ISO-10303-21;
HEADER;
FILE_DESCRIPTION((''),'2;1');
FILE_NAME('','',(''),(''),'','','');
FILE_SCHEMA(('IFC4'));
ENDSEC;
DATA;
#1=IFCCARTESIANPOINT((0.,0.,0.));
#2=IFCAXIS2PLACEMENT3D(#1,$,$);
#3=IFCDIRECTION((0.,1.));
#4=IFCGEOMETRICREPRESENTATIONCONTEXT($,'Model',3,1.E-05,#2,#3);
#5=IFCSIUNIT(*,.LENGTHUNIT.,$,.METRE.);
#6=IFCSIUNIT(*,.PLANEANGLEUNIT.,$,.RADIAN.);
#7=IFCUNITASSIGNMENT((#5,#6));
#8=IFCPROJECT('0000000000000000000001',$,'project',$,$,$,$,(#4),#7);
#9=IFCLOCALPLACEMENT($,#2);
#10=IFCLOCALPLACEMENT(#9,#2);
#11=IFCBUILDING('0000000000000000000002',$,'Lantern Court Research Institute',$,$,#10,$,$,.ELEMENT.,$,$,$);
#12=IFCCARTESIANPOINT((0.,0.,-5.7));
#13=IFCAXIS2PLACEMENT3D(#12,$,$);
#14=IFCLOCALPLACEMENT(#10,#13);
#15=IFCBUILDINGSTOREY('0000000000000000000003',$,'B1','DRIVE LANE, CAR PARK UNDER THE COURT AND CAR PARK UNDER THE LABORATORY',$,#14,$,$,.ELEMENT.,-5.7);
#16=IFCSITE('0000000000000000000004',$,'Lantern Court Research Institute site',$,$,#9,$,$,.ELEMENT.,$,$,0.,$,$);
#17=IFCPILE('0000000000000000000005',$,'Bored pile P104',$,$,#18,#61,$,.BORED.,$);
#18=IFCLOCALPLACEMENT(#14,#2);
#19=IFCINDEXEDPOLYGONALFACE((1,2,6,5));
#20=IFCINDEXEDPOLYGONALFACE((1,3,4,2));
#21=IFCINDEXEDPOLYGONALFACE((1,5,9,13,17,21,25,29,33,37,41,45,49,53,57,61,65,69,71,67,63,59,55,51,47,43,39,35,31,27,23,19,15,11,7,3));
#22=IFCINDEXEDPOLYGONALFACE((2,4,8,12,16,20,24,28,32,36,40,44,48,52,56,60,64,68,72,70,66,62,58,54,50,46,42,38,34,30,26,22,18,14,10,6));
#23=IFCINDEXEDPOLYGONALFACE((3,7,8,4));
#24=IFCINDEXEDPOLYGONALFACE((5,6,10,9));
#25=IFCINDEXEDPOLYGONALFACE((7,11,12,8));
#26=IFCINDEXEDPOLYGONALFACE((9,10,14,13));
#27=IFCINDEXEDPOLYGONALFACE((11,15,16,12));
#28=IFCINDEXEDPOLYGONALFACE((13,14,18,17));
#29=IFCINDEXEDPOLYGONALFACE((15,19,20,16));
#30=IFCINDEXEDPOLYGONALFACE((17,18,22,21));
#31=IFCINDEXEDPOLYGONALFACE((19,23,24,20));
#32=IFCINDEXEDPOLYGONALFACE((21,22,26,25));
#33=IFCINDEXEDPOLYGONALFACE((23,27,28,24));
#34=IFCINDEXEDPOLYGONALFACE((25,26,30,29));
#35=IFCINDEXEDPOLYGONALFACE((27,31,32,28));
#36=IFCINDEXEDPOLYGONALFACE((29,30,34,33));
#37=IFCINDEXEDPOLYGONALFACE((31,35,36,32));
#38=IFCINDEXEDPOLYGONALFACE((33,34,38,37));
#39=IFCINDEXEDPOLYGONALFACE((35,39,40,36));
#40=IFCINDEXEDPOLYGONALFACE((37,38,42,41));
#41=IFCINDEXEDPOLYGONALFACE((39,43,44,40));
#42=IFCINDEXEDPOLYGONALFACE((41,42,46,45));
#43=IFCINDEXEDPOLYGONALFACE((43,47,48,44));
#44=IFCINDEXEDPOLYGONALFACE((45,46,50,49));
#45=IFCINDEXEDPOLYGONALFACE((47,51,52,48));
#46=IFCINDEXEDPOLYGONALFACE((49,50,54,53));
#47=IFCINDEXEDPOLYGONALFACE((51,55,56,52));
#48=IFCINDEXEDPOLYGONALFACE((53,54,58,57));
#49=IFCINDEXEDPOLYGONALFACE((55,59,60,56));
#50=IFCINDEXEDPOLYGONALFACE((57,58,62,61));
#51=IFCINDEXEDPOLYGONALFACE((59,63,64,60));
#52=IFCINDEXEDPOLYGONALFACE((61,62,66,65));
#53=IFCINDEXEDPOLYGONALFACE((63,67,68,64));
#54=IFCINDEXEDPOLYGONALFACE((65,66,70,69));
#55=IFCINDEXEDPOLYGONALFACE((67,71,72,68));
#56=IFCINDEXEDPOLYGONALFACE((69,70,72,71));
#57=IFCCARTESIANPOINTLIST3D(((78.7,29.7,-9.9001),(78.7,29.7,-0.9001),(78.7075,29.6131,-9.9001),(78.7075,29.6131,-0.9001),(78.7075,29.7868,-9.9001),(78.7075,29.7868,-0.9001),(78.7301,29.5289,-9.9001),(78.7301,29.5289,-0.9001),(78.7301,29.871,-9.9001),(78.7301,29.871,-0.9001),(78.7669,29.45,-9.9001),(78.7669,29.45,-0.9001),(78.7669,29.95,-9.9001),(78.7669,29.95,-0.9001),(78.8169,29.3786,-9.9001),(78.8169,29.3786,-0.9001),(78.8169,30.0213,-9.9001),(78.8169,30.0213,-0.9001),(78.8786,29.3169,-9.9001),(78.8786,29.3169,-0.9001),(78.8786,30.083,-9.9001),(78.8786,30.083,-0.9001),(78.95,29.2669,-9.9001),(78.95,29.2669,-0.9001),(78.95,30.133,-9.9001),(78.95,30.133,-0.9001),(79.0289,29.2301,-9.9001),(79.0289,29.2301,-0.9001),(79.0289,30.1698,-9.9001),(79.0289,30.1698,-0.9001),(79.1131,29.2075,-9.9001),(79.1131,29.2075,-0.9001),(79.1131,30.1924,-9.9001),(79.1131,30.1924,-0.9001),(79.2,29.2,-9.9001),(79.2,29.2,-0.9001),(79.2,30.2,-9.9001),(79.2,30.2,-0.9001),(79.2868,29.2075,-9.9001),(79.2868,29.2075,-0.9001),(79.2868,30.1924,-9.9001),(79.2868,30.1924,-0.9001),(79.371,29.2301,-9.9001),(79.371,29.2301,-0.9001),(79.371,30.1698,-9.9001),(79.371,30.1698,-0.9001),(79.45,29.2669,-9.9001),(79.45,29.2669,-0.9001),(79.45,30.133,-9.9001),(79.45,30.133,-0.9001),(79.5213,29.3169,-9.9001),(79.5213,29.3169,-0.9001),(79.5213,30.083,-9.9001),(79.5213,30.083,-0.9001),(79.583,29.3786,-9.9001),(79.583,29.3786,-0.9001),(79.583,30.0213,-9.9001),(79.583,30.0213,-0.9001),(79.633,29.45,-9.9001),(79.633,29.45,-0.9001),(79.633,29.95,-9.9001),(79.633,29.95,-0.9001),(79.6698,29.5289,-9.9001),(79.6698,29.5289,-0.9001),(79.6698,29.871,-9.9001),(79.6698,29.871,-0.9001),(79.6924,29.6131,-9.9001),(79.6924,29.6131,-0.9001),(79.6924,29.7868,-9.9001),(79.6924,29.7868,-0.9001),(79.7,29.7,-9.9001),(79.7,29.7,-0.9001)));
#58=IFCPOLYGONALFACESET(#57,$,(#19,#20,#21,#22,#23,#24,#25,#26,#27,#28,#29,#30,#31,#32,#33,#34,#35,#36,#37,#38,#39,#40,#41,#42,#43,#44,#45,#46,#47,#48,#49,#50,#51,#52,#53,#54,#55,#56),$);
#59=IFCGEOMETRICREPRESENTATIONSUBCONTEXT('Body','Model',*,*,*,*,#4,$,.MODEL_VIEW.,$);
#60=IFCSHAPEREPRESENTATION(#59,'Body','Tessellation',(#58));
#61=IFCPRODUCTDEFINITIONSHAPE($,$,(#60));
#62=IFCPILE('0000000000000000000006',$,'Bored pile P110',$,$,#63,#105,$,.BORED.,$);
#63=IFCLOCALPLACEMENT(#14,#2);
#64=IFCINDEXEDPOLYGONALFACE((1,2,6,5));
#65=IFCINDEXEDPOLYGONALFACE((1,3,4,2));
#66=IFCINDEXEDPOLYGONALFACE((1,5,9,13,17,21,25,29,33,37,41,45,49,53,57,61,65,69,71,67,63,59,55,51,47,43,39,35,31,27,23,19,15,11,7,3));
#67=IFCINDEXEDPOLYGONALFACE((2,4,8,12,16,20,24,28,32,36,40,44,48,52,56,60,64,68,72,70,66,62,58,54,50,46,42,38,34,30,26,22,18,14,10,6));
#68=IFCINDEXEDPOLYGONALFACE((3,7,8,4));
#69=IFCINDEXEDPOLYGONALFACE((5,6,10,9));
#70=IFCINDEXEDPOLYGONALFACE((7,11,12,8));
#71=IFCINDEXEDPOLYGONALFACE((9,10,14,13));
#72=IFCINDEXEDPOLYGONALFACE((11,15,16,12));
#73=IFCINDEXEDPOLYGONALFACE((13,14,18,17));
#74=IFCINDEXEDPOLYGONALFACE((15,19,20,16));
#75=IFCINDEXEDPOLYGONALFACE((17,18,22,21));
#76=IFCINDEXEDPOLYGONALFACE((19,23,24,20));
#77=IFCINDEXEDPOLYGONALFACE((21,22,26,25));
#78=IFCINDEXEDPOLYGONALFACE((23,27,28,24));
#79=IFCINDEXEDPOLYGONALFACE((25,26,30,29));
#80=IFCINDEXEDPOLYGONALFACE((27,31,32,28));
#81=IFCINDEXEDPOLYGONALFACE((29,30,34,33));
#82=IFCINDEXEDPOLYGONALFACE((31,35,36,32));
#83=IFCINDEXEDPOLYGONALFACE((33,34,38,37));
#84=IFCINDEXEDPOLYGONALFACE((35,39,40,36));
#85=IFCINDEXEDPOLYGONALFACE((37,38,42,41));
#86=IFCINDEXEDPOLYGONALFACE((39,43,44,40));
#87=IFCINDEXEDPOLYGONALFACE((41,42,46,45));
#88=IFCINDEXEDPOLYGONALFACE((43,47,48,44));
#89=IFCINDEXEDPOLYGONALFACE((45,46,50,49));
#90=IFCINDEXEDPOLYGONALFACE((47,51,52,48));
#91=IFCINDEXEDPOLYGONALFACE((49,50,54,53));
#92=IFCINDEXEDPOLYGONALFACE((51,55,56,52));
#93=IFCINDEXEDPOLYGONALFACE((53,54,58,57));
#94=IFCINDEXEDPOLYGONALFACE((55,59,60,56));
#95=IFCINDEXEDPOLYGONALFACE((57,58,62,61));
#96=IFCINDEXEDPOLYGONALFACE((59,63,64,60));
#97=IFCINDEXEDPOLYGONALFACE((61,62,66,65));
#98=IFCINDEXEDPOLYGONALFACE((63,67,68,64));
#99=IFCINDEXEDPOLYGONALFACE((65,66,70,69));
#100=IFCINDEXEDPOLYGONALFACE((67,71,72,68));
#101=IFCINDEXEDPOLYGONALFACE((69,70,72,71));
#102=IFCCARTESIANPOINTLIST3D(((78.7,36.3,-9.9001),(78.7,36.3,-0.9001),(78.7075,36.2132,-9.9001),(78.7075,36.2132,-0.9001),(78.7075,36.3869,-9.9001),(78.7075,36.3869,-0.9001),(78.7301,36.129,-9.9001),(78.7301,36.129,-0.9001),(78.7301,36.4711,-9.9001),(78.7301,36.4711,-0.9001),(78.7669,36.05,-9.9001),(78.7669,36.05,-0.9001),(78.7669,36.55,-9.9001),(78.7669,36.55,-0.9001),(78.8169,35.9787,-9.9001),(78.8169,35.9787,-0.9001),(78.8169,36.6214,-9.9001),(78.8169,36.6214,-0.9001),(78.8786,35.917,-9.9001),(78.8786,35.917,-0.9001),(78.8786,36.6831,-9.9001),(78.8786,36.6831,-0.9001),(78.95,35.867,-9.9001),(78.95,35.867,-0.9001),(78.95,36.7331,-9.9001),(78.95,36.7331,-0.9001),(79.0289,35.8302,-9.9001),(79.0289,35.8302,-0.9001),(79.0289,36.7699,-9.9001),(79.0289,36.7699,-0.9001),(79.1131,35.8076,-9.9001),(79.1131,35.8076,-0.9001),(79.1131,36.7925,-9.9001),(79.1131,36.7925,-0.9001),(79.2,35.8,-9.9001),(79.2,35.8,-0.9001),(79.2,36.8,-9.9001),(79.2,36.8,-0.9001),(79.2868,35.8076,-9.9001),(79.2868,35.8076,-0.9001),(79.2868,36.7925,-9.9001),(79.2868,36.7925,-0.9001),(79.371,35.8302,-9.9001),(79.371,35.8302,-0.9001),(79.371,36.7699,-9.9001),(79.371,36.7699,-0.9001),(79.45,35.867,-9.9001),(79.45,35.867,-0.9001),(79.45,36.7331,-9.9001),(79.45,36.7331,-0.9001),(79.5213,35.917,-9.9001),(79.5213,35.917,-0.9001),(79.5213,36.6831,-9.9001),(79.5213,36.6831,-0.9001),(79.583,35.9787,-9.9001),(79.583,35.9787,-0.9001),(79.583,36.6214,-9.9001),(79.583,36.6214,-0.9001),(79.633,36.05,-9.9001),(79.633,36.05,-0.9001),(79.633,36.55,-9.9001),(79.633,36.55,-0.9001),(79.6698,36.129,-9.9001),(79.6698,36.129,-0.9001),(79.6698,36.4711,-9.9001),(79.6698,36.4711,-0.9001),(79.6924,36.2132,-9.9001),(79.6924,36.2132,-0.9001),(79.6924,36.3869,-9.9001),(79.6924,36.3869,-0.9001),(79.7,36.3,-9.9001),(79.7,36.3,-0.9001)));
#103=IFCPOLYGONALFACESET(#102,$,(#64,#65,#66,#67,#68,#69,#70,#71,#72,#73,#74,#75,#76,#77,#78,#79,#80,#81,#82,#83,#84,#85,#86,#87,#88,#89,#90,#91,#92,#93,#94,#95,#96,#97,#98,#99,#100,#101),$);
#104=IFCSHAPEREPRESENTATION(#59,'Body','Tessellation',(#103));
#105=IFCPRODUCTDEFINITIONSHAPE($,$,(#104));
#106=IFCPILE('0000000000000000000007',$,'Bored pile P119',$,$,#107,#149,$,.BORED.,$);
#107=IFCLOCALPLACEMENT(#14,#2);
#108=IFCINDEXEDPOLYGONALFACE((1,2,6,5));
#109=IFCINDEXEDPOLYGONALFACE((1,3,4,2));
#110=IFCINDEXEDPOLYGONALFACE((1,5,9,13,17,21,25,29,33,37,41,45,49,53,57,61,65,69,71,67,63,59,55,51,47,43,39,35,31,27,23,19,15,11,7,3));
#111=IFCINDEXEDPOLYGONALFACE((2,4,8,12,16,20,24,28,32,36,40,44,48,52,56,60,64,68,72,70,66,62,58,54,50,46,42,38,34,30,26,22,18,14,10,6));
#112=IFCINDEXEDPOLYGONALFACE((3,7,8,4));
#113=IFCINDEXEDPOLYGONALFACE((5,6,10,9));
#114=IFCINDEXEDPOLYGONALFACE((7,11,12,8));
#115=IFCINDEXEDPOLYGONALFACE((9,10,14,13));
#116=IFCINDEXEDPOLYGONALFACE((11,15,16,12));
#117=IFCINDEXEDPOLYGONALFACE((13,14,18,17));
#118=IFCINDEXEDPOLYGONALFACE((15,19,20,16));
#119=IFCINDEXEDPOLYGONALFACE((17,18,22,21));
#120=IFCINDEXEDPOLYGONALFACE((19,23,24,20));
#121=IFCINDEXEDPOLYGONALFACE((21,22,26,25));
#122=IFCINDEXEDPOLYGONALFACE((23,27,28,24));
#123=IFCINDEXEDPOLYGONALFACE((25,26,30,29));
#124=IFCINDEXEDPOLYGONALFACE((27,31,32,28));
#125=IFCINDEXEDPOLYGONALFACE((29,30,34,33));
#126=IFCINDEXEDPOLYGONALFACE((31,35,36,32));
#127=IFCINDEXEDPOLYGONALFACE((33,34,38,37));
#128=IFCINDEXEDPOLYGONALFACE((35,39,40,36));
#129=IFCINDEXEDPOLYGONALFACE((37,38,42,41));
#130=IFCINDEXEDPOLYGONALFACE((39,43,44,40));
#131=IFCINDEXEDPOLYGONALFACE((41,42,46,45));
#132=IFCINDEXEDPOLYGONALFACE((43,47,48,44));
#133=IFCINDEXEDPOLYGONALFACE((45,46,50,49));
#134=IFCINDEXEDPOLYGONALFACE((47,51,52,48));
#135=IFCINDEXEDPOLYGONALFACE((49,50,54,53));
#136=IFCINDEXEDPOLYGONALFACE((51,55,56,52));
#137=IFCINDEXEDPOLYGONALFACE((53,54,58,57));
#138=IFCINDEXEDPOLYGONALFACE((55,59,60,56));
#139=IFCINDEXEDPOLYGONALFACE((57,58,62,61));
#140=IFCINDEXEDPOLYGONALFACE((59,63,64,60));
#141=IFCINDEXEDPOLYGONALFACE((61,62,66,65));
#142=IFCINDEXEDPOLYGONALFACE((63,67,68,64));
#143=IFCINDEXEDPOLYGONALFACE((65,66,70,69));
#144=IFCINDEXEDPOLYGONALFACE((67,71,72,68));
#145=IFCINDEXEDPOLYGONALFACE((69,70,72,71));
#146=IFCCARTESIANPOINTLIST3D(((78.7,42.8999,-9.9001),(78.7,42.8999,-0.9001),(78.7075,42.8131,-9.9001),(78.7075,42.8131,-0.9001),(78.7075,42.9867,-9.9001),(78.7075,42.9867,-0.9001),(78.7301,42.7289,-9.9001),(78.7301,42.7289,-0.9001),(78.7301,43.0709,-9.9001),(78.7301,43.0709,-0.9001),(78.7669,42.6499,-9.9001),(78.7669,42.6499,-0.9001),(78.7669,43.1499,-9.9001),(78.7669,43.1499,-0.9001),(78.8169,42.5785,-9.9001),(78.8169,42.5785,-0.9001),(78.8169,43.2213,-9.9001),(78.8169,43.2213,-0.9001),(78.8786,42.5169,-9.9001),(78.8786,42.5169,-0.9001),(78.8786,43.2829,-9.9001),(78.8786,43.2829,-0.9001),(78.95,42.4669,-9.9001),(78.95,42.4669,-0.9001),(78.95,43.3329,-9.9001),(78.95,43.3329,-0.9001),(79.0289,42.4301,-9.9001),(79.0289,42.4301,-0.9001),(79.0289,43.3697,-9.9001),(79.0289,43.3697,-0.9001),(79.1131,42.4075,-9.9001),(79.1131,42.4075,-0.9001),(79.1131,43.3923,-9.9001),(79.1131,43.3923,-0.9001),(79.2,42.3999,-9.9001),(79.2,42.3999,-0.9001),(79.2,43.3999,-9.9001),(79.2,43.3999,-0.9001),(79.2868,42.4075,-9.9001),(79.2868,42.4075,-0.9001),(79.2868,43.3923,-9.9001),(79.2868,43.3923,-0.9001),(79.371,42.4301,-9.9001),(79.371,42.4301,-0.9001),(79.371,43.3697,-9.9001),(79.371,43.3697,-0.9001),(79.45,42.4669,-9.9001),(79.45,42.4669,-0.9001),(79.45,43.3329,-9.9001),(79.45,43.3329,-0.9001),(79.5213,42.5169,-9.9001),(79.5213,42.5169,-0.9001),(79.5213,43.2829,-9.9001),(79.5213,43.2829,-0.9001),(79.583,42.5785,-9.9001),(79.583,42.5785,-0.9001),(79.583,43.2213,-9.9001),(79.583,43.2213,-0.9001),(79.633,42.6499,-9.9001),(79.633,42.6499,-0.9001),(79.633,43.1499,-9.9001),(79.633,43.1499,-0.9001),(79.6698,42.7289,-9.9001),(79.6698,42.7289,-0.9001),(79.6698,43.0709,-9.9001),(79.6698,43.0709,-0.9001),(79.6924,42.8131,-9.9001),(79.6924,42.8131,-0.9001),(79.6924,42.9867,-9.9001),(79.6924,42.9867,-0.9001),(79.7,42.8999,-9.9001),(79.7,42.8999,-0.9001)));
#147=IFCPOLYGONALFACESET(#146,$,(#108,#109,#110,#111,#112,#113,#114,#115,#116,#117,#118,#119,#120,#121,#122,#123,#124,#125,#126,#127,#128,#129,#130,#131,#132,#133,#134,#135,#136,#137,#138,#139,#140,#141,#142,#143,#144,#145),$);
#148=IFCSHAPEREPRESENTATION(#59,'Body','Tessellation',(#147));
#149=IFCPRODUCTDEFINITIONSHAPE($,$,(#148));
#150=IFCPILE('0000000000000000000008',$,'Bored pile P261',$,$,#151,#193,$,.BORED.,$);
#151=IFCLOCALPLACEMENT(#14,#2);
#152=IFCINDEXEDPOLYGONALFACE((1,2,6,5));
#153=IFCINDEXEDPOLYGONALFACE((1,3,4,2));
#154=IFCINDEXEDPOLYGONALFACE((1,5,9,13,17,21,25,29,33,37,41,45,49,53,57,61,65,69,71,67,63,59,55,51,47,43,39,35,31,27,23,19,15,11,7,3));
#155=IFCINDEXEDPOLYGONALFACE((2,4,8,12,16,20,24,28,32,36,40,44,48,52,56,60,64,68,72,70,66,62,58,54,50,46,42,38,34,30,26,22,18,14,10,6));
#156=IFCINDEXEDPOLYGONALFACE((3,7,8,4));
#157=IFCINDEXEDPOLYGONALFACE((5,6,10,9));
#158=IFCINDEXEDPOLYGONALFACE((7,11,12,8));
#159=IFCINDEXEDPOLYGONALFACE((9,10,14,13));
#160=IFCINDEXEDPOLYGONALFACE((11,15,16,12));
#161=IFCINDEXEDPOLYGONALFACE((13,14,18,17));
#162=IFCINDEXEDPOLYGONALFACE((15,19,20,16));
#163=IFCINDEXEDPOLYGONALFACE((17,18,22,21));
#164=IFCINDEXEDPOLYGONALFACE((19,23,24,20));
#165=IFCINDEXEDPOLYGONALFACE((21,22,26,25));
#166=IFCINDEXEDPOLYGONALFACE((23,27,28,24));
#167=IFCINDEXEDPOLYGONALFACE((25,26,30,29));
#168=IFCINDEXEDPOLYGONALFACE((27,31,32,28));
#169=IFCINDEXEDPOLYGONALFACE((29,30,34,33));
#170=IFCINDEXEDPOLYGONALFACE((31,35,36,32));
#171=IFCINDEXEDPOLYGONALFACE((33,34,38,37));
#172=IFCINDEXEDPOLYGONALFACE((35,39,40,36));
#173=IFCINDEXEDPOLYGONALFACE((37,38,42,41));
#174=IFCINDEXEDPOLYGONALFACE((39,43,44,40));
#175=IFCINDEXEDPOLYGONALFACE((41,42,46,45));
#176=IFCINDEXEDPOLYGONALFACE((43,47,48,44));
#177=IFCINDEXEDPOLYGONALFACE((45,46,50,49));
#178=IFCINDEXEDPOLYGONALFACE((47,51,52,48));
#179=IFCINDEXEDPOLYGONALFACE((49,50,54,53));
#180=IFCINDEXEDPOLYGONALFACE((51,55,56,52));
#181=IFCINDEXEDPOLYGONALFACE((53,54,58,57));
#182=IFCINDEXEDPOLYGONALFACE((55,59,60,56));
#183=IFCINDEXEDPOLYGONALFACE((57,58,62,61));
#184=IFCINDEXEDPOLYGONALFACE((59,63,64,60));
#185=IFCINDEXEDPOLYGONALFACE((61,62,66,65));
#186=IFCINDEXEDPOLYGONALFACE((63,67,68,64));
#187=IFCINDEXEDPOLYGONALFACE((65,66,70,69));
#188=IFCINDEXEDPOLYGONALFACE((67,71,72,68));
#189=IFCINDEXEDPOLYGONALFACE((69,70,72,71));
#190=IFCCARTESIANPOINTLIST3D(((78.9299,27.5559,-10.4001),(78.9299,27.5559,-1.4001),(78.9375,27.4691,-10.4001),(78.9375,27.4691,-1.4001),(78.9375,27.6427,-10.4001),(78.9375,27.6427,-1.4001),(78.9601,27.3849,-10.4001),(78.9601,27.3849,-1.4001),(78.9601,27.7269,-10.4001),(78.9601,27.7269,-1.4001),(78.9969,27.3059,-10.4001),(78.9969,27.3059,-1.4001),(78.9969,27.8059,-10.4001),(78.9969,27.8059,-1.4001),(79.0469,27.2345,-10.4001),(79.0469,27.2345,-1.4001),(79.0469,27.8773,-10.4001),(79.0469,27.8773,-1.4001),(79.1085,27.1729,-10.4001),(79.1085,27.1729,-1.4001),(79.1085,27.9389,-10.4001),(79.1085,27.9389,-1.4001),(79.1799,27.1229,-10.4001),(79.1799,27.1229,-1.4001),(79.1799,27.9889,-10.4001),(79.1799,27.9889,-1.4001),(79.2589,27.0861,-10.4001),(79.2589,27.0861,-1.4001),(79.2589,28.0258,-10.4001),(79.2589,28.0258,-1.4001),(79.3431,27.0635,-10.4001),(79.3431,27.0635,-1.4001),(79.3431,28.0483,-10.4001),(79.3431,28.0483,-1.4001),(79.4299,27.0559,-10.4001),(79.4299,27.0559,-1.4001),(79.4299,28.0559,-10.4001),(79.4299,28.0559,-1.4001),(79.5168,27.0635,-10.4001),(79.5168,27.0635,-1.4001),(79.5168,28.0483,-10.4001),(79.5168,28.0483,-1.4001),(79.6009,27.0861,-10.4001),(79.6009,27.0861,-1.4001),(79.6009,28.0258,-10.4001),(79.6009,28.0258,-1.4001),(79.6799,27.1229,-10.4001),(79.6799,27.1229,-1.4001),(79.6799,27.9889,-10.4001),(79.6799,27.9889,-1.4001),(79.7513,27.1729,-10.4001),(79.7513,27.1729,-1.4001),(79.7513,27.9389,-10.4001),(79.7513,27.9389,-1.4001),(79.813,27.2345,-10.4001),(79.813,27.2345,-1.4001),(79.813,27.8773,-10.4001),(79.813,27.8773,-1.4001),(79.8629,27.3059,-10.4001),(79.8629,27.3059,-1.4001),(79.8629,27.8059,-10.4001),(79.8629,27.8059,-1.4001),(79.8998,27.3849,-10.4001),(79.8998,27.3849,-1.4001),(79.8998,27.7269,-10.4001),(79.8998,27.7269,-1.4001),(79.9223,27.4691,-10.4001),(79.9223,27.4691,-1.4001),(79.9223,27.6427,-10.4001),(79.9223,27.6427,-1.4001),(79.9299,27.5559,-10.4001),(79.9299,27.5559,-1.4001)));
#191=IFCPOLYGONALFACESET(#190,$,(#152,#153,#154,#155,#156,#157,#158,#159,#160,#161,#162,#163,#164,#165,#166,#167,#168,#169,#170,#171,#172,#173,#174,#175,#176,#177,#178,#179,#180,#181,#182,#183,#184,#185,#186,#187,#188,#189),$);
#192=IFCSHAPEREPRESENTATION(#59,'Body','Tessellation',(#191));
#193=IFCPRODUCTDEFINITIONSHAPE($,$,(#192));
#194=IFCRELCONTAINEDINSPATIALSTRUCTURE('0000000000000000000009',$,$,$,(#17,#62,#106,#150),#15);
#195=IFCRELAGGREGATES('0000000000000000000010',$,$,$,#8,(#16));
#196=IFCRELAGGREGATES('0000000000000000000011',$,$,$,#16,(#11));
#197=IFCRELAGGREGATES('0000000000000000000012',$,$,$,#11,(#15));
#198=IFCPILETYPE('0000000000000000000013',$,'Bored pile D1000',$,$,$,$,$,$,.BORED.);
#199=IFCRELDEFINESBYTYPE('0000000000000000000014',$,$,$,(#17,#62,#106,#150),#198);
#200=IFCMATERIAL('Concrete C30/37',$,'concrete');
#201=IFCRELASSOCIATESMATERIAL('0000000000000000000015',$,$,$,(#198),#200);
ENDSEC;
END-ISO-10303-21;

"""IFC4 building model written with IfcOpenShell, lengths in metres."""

from ifc_helpers import new_model, si_unit, direction, frame, origin, origin_2d, place, context, subcontext, project, spatial, circle, extrude, material, material_profile, profile_set, type_object, element, save


model = new_model("IFC4")

# Units and contexts
model_context = context("Model", 3, precision=1e-05, world=origin(), true_north=direction((0.0, 1.0)))
body_context = subcontext(model_context, "Body", "Model", "MODEL_VIEW")
ifc_project = project(units=[si_unit("LENGTHUNIT", "METRE"), si_unit("PLANEANGLEUNIT", "RADIAN")], contexts=[model_context])

# Site, building, storey
site_placement = place(None, origin())
site = spatial("IfcSite", under=ifc_project, at=site_placement, Name="Lantern Court Research Institute site", CompositionType="ELEMENT", RefElevation=0.0)
building_placement = place(site_placement, origin())
building = spatial("IfcBuilding", under=site, at=building_placement, Name="Lantern Court Research Institute", CompositionType="ELEMENT")
storey_placement = place(building_placement, frame((0.0, 0.0, -5.7)))
storey = spatial("IfcBuildingStorey", under=building, at=storey_placement, Name="B1", Description="DRIVE LANE, CAR PARK UNDER THE COURT AND CAR PARK UNDER THE LABORATORY", CompositionType="ELEMENT", Elevation=-5.7)

# Piles
ifc_material_1 = material(Name="Concrete C30/37", Category="concrete")
ifc_material_profile_1 = material_profile(ifc_material_1, circle(Radius=0.5, at=origin_2d()), Name="Bored pile D1000")
ifc_profile_set_1 = profile_set([ifc_material_profile_1], Name="Concrete C30/37")
pile_type_1 = type_object("IfcPileType", Name="Bored pile D1000", PredefinedType="BORED", material=ifc_profile_set_1)
for number, where, z_axis, x_axis, name in (
    (1, (79.2, 29.7, -0.9001), (0.0, 0.0, -1.0), (1.0, 0.0, 0.0), "Bored pile P104"),
    (2, (79.2, 36.3, -0.9001), (0.0, 0.0, -1.0), (1.0, 0.0, 0.0), "Bored pile P110"),
    (3, (79.2, 42.8999, -0.9001), (0.0, 0.0, -1.0), (1.0, 0.0, 0.0), "Bored pile P119"),
    (4, (79.4299, 27.5559, -1.4001), (0.0, 0.0, -1.0), (1.0, 0.0, 0.0), "Bored pile P261"),
):
    element("IfcPile", number, at=place(storey_placement, frame(where, z_axis=z_axis, x_axis=x_axis)), inside=storey, type_object=pile_type_1, Name=name, PredefinedType="BORED", context=body_context, shape_type="SweptSolid", body=[
        extrude(circle(Radius=0.5, at=origin_2d()), origin(), (0.0, 0.0, 1.0), 9.0),
    ])

save(model, "model.ifc")
